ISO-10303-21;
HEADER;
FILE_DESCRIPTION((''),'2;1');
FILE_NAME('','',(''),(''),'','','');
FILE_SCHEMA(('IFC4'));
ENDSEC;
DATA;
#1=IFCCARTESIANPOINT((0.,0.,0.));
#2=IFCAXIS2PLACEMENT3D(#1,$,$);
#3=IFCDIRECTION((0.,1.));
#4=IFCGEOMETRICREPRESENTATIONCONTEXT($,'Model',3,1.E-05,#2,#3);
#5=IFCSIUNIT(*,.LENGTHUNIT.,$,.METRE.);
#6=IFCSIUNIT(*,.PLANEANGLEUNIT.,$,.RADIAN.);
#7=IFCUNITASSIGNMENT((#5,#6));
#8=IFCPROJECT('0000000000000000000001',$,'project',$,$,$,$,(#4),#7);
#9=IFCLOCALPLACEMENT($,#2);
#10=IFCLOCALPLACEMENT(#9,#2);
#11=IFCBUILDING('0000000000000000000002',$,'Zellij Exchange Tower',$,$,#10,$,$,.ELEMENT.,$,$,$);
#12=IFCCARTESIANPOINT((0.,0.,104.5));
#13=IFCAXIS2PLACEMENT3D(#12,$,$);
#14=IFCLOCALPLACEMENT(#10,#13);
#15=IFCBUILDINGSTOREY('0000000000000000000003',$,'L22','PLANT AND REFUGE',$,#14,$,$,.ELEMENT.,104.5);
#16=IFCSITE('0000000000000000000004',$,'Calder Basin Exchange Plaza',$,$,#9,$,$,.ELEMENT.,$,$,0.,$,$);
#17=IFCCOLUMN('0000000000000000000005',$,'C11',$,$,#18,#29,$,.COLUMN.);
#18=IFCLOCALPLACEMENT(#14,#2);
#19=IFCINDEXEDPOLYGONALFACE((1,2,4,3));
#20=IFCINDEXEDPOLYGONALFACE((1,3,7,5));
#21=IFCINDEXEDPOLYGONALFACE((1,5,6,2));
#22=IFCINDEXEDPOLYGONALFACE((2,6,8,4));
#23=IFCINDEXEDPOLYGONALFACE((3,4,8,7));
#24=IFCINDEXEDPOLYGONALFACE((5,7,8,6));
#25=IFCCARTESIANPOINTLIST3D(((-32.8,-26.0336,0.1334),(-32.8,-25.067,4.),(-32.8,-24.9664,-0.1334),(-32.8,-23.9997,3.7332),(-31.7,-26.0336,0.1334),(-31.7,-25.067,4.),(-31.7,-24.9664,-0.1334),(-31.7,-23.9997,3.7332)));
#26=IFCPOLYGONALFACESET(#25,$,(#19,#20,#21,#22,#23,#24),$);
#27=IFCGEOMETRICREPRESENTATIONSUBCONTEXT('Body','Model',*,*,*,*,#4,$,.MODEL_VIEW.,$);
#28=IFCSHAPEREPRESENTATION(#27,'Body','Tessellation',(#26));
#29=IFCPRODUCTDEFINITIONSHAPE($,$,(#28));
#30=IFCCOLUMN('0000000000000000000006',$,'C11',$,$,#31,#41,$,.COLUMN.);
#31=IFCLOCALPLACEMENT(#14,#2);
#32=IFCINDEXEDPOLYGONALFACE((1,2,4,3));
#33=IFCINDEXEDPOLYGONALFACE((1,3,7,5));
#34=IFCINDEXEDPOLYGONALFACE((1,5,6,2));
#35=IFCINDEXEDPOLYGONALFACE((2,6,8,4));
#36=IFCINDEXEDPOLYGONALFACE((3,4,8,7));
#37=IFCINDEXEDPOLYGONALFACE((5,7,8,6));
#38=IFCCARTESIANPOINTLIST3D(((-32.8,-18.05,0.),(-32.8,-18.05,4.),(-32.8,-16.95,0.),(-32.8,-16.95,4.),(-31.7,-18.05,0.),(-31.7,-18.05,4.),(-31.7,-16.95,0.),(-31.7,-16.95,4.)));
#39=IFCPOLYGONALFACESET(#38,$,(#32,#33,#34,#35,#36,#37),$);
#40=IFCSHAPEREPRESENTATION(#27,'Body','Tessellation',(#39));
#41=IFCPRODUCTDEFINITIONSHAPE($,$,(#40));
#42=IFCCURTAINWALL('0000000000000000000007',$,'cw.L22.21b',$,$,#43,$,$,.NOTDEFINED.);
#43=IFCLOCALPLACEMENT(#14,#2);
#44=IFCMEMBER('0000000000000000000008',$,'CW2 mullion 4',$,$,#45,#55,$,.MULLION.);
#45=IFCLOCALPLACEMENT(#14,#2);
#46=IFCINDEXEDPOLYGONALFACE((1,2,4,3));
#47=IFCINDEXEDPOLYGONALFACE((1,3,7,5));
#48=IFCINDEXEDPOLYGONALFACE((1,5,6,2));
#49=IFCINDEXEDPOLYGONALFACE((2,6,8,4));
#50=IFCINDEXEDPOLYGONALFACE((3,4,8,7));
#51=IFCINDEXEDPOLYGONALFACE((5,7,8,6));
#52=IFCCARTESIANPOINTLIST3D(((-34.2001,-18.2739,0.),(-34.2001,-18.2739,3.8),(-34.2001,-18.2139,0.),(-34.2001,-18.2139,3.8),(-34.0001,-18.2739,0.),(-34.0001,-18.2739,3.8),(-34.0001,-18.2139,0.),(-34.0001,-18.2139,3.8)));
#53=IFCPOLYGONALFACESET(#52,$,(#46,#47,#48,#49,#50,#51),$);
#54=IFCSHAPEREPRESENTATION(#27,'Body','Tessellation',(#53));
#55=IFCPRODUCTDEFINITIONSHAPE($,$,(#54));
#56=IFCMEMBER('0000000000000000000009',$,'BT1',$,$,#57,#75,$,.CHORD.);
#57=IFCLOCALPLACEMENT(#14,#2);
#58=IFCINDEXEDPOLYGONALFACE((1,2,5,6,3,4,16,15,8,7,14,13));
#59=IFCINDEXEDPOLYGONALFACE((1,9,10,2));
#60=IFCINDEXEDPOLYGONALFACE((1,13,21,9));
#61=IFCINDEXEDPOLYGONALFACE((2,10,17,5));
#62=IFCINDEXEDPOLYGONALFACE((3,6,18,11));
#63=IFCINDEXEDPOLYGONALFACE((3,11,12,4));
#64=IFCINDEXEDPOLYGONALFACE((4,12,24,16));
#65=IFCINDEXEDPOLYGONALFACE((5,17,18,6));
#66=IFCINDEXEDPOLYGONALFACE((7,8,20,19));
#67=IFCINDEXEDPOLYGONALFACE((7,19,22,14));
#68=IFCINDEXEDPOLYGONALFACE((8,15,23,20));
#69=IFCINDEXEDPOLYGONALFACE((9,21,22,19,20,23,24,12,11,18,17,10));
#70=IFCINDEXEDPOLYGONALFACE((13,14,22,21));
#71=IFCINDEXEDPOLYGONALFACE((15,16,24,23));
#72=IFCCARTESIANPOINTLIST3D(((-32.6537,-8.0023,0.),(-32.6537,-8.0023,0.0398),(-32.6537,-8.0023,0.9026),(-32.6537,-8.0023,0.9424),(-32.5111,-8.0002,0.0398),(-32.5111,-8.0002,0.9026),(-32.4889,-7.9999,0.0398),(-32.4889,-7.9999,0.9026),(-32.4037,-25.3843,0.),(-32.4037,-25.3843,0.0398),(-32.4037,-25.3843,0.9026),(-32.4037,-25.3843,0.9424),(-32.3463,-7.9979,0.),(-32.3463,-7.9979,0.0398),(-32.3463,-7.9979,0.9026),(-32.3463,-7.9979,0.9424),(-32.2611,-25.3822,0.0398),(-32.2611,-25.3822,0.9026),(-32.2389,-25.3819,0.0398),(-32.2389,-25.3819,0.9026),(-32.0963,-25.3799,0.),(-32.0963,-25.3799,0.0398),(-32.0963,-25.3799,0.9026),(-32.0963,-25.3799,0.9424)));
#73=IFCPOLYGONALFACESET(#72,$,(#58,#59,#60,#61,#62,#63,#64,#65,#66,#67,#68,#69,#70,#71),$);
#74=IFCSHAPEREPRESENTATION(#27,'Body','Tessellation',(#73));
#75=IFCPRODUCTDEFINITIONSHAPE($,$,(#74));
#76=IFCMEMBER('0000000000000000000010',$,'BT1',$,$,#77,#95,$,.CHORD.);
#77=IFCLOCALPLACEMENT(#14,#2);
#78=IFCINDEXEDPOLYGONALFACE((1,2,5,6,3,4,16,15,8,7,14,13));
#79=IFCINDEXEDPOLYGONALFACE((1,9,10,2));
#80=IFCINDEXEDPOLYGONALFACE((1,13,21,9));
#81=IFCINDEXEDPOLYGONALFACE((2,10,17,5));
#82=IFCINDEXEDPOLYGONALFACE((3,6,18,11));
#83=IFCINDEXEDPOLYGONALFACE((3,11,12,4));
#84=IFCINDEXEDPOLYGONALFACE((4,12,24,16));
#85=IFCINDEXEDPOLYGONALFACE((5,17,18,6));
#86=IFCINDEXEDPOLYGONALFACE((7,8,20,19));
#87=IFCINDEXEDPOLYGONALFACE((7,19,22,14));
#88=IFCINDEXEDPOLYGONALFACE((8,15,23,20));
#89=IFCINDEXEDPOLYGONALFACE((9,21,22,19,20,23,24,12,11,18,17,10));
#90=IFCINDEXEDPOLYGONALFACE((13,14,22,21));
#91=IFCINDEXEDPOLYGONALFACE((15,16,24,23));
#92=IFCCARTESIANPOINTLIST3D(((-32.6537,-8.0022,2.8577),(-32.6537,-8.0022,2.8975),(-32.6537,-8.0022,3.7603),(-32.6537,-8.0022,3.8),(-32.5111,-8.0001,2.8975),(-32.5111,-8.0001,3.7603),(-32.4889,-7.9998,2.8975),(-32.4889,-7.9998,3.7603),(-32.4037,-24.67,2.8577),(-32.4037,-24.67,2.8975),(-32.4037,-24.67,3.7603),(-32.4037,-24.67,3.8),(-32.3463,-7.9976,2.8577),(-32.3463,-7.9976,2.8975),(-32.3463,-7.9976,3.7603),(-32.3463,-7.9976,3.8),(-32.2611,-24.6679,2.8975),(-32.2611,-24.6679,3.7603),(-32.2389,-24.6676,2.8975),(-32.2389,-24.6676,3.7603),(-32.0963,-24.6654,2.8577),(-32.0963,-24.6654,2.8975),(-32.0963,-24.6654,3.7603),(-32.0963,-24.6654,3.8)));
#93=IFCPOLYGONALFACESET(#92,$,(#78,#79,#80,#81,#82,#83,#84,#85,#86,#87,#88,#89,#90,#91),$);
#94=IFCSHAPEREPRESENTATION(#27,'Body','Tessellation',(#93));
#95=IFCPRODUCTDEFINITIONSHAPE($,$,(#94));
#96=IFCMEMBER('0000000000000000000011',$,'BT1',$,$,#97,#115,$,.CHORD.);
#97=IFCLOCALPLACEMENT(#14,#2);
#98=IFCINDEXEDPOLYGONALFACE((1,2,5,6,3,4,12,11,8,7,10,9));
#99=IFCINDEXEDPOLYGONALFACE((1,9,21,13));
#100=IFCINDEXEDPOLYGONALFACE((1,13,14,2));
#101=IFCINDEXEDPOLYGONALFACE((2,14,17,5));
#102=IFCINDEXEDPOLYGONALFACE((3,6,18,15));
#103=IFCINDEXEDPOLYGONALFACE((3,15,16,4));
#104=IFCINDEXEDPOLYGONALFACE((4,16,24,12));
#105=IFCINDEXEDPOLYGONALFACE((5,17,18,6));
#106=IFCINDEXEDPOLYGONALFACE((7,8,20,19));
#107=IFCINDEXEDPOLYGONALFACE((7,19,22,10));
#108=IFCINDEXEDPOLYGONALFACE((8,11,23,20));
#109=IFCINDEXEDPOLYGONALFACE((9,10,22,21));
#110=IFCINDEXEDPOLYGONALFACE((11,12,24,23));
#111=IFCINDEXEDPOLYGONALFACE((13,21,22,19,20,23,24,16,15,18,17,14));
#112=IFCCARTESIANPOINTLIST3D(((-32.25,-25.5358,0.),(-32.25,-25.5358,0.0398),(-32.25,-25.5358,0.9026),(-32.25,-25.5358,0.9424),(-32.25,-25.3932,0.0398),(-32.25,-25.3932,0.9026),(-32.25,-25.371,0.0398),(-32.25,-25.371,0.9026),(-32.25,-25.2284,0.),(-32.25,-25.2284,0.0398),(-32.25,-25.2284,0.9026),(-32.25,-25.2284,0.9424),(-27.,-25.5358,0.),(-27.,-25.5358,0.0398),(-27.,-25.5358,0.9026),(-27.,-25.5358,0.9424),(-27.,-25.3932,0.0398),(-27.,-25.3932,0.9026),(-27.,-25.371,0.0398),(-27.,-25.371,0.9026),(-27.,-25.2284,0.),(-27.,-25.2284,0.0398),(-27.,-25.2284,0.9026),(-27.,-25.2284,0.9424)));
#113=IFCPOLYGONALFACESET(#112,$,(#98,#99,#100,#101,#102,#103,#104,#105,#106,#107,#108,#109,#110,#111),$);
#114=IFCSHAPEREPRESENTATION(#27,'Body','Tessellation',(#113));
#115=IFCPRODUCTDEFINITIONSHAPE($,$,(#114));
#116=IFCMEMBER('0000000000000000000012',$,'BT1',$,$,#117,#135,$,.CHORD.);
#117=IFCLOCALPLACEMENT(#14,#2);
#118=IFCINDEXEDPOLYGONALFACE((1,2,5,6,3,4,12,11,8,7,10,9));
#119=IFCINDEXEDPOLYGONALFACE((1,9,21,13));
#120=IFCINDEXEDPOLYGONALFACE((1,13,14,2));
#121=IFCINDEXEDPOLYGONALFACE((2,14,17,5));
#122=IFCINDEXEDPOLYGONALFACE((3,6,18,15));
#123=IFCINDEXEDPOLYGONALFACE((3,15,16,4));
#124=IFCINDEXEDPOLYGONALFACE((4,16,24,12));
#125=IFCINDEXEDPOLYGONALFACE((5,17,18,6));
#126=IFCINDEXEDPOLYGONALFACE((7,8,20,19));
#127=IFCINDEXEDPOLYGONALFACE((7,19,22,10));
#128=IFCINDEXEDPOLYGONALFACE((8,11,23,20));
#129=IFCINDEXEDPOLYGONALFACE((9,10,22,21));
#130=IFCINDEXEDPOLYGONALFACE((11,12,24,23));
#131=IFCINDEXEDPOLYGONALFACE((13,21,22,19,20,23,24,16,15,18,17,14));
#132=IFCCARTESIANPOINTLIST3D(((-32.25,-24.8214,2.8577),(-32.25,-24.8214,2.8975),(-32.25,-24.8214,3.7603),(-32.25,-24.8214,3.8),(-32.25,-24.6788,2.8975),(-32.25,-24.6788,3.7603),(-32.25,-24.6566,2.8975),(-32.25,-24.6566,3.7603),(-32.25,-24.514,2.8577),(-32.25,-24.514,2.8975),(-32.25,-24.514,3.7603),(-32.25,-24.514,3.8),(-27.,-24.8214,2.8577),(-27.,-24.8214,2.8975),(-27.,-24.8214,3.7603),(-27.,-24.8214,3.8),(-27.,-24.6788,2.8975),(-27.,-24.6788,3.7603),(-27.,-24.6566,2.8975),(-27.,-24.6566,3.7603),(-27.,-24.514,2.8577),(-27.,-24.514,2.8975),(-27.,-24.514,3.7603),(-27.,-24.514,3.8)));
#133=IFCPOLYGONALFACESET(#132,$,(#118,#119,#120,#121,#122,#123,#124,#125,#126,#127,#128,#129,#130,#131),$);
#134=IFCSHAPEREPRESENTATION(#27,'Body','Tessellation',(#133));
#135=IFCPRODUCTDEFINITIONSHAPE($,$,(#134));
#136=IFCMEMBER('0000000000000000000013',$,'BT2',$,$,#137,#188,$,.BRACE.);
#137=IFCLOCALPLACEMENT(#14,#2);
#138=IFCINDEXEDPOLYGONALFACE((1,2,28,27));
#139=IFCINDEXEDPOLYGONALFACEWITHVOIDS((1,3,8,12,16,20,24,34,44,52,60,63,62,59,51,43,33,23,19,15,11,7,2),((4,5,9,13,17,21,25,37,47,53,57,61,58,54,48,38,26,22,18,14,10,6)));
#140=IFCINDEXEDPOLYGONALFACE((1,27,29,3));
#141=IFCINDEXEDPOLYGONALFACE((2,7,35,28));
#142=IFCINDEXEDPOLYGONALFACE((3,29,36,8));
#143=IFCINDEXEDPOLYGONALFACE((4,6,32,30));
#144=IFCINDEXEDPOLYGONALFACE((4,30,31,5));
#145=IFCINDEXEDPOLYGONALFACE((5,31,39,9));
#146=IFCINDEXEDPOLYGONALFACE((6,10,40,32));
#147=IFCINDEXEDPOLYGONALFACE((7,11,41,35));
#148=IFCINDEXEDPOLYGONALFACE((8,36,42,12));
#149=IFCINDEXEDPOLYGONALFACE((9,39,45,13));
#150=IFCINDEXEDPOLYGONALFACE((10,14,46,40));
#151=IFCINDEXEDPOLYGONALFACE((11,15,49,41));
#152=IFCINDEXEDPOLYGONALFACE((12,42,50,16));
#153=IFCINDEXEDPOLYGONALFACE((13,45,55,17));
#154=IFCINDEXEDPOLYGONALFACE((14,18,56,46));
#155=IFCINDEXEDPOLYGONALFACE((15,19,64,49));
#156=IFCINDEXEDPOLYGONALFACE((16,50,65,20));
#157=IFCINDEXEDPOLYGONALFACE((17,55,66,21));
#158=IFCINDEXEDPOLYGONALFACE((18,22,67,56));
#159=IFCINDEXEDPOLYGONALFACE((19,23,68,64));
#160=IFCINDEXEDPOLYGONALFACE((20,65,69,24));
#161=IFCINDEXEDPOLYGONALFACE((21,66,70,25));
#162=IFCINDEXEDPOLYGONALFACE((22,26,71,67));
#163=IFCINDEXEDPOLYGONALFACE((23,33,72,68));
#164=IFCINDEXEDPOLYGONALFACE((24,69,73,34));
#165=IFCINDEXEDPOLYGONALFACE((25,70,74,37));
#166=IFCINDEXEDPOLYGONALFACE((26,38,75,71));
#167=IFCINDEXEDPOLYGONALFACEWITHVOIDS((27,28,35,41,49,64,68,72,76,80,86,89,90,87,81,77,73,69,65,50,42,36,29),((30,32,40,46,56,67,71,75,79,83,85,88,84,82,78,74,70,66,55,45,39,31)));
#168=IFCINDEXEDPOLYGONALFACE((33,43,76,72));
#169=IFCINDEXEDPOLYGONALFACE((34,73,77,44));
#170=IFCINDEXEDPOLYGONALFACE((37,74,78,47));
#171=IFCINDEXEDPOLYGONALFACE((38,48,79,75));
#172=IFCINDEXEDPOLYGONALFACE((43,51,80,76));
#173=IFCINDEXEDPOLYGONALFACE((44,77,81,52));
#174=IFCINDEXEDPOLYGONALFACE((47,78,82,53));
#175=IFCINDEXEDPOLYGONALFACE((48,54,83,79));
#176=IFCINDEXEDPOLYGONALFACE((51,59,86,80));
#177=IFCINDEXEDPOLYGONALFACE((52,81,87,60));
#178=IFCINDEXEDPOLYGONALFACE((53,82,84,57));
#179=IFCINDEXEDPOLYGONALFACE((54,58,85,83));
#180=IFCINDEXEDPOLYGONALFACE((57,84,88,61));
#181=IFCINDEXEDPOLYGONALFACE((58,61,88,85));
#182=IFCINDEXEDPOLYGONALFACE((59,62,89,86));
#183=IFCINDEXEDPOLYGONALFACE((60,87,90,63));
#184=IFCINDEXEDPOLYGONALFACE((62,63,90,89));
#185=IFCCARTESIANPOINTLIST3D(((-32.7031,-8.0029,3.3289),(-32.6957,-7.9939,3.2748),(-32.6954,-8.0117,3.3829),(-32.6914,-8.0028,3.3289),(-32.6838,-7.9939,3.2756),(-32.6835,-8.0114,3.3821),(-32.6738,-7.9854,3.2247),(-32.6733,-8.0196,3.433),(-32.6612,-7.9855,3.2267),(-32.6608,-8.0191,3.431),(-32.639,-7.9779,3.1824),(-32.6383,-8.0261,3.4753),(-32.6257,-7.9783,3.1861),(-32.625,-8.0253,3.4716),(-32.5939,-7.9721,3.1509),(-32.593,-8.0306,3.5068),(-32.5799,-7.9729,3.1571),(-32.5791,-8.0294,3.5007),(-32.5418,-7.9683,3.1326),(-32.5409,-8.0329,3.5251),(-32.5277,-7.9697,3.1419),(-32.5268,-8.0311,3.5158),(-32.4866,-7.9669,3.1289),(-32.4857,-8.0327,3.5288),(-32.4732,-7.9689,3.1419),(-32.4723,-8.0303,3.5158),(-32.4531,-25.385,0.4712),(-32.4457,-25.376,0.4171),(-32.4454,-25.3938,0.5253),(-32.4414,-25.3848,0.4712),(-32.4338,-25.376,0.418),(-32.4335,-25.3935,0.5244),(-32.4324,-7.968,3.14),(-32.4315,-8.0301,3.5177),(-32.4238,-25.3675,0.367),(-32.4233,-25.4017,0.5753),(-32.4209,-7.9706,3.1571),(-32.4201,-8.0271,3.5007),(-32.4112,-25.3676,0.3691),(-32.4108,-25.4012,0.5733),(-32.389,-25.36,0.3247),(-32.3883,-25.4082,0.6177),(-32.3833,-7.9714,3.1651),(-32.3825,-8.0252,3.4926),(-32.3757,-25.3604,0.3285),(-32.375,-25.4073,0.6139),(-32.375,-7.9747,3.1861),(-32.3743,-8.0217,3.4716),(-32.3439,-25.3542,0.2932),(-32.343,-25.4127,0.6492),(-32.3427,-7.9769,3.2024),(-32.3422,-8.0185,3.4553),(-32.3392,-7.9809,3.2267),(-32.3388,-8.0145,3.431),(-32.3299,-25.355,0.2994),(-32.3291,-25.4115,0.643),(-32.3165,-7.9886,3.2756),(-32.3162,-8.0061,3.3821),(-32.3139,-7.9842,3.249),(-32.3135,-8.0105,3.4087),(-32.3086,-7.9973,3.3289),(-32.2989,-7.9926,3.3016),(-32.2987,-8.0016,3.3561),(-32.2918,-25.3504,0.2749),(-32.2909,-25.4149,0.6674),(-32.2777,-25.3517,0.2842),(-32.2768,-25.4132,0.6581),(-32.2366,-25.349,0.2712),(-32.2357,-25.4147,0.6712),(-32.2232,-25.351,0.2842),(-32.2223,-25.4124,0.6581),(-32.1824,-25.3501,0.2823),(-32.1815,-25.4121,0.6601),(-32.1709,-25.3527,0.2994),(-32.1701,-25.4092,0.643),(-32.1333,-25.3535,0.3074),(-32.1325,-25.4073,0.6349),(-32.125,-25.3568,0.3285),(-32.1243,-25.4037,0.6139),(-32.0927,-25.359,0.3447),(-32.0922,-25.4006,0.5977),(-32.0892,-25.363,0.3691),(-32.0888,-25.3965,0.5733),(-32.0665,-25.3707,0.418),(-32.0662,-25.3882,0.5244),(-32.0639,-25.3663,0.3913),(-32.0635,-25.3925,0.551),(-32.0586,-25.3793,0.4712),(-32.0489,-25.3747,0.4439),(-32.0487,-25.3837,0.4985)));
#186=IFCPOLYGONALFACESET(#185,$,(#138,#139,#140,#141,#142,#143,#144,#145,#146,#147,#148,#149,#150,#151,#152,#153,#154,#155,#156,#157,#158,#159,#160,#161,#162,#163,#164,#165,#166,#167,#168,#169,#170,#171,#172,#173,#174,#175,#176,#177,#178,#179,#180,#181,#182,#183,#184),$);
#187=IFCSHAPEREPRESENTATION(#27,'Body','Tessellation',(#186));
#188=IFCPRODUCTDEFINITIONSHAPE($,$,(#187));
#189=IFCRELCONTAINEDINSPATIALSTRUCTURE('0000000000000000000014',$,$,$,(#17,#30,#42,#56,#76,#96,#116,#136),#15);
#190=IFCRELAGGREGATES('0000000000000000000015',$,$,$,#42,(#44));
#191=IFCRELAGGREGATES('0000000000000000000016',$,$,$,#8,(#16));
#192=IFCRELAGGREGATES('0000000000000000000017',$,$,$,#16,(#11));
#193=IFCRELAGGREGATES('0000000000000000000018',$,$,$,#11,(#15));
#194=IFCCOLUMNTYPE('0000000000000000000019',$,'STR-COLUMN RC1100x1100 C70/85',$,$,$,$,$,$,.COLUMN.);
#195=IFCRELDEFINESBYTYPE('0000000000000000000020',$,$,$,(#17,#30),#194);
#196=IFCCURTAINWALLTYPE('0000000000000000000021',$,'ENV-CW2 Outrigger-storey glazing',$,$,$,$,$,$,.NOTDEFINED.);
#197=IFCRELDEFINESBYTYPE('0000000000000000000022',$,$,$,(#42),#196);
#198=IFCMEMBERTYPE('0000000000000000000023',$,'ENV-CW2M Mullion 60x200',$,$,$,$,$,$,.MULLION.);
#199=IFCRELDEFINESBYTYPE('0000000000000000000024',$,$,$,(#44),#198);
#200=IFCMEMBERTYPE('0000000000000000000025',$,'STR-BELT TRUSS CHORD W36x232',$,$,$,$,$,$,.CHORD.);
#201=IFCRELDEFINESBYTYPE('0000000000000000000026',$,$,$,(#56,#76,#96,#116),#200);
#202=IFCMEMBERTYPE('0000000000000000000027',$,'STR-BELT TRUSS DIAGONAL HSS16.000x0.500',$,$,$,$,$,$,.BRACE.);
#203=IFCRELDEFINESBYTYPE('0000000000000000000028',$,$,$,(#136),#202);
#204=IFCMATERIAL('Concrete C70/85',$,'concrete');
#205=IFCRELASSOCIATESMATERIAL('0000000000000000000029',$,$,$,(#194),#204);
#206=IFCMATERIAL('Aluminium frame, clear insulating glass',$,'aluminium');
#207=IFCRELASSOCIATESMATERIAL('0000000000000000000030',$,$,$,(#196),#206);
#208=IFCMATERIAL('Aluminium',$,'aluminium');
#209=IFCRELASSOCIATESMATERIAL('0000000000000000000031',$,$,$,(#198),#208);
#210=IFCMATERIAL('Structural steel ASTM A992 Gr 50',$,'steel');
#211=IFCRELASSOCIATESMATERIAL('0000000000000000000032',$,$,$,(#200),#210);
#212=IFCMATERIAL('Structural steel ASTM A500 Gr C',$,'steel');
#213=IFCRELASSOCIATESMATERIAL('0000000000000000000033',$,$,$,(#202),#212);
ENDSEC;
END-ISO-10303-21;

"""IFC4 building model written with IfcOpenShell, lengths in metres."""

from ifc_helpers import new_model, si_unit, direction, frame, origin, origin_2d, place, context, subcontext, project, spatial, rectangle, hollow_circle, i_section, extrude, clip, halfspace, material, material_profile, profile_set, type_object, element, aggregate, save


model = new_model("IFC4")

# Units and contexts
model_context = context("Model", 3, precision=1e-05, world=origin(), true_north=direction((0.0, 1.0)))
body_context = subcontext(model_context, "Body", "Model", "MODEL_VIEW")
ifc_project = project(units=[si_unit("LENGTHUNIT", "METRE"), si_unit("PLANEANGLEUNIT", "RADIAN")], contexts=[model_context])

# Site, building, storey
site_placement = place(None, origin())
site = spatial("IfcSite", under=ifc_project, at=site_placement, Name="Calder Basin Exchange Plaza", CompositionType="ELEMENT", RefElevation=0.0)
building_placement = place(site_placement, origin())
building = spatial("IfcBuilding", under=site, at=building_placement, Name="Zellij Exchange Tower", CompositionType="ELEMENT")
storey_placement = place(building_placement, frame((0.0, 0.0, 104.5)))
storey = spatial("IfcBuildingStorey", under=building, at=storey_placement, Name="L22", Description="PLANT AND REFUGE", CompositionType="ELEMENT", Elevation=104.5)

# Columns
ifc_material_1 = material(Name="Concrete C70/85", Category="concrete")
ifc_material_profile_1 = material_profile(ifc_material_1, rectangle(XDim=1.1001, YDim=1.1001, at=origin_2d()), Name="STR-COLUMN RC1100x1100 C70/85")
ifc_profile_set_1 = profile_set([ifc_material_profile_1], Name="Concrete C70/85")
column_type = type_object("IfcColumnType", Name="STR-COLUMN RC1100x1100 C70/85", PredefinedType="COLUMN", material=ifc_profile_set_1)
column_1_placement = place(storey_placement, frame((-32.25, -25.5, 0.0), z_axis=(0.0, 0.242536, 0.970143), x_axis=(-1.0, 0.0, 0.0)))
element("IfcColumn", 1, at=column_1_placement, inside=storey, type_object=column_type, Name="C11", PredefinedType="COLUMN", context=body_context, shape_type="Clipping", body=[
    clip(extrude(rectangle(XDim=1.1001, YDim=1.1001, at=origin_2d()), origin(), (0.0, 0.0, 1.0), 4.123), halfspace(frame((0.0, 0.0, 3.9856)), False)),
])
column_2_placement = place(storey_placement, frame((-32.25, -17.5, 0.0), z_axis=(0.0, 0.0, 1.0), x_axis=(1.0, 0.0, 0.0)))
element("IfcColumn", 2, at=column_2_placement, inside=storey, type_object=column_type, Name="C11", PredefinedType="COLUMN", context=body_context, shape_type="SweptSolid", body=[
    extrude(rectangle(XDim=1.1001, YDim=1.1001, at=origin_2d()), origin(), (0.0, 0.0, 1.0), 4.0),
])

# Curtain wall, member
ifc_material_2 = material(Name="Aluminium frame, clear insulating glass", Category="aluminium")
curtain_wall_type = type_object("IfcCurtainWallType", Name="ENV-CW2 Outrigger-storey glazing", PredefinedType="NOTDEFINED", material=ifc_material_2)
curtain_wall_placement = place(storey_placement, origin())
curtain_wall = element("IfcCurtainWall", 3, at=curtain_wall_placement, inside=storey, type_object=curtain_wall_type, Name="cw.L22.21b", PredefinedType="NOTDEFINED")
ifc_material_3 = material(Name="Aluminium", Category="aluminium")
ifc_material_profile_2 = material_profile(ifc_material_3, rectangle(XDim=0.0601, YDim=0.2, at=origin_2d()), Name="AL 60x200")
ifc_profile_set_2 = profile_set([ifc_material_profile_2], Name="Aluminium")
member_type_1 = type_object("IfcMemberType", Name="ENV-CW2M Mullion 60x200", PredefinedType="MULLION", material=ifc_profile_set_2)
member_1_placement = place(storey_placement, frame((-34.1001, -18.2439, 0.0), z_axis=(0.0, 0.0, 1.0), x_axis=(0.0, -1.0, 0.0)))
member_1 = element("IfcMember", 4, at=member_1_placement, type_object=member_type_1, Name="CW2 mullion 4", PredefinedType="MULLION", context=body_context, shape_type="SweptSolid", body=[
    extrude(rectangle(XDim=0.0601, YDim=0.2, at=origin_2d()), origin(), (0.0, 0.0, 1.0), 3.8),
])

# Members
ifc_material_4 = material(Name="Structural steel ASTM A992 Gr 50", Category="steel")
ifc_material_profile_3 = material_profile(ifc_material_4, i_section(OverallWidth=0.3074, OverallDepth=0.9424, WebThickness=0.0222, FlangeThickness=0.0398, at=origin_2d()), Name="W36x232")
ifc_profile_set_3 = profile_set([ifc_material_profile_3], Name="Structural steel ASTM A992 Gr 50")
member_type_2 = type_object("IfcMemberType", Name="STR-BELT TRUSS CHORD W36x232", PredefinedType="CHORD", material=ifc_profile_set_3)
member_2_placement = place(storey_placement, frame((-32.25, -25.3821, 0.4712), z_axis=(-0.014381, 0.999897, 0.0), x_axis=(-0.999897, -0.014381, 0.0)))
element("IfcMember", 5, at=member_2_placement, inside=storey, type_object=member_type_2, Name="BT1", PredefinedType="CHORD", context=body_context, shape_type="SweptSolid", body=[
    extrude(i_section(OverallWidth=0.3074, OverallDepth=0.9424, WebThickness=0.0222, FlangeThickness=0.0398, at=origin_2d()), origin(), (0.0, 0.0, 1.0), 17.3838),
])
member_3_placement = place(storey_placement, frame((-32.25, -24.6677, 3.3289), z_axis=(-0.014997, 0.999888, 0.0), x_axis=(-0.999888, -0.014997, 0.0)))
element("IfcMember", 6, at=member_3_placement, inside=storey, type_object=member_type_2, Name="BT1", PredefinedType="CHORD", context=body_context, shape_type="SweptSolid", body=[
    extrude(i_section(OverallWidth=0.3074, OverallDepth=0.9424, WebThickness=0.0222, FlangeThickness=0.0398, at=origin_2d()), origin(), (0.0, 0.0, 1.0), 16.6697),
])
for number, where, z_axis, x_axis, name in (
    (7, (-32.25, -25.3821, 0.4712), (1.0, 0.0, 0.0), (0.0, 1.0, 0.0), "BT1"),
    (8, (-32.25, -24.6677, 3.3289), (1.0, 0.0, 0.0), (0.0, 1.0, 0.0), "BT1"),
):
    element("IfcMember", number, at=place(storey_placement, frame(where, z_axis=z_axis, x_axis=x_axis)), inside=storey, type_object=member_type_2, Name=name, PredefinedType="CHORD", context=body_context, shape_type="SweptSolid", body=[
        extrude(i_section(OverallWidth=0.3074, OverallDepth=0.9424, WebThickness=0.0222, FlangeThickness=0.0398, at=origin_2d()), origin(), (0.0, 0.0, 1.0), 5.25),
    ])
ifc_material_5 = material(Name="Structural steel ASTM A500 Gr C", Category="steel")
ifc_material_profile_4 = material_profile(ifc_material_5, hollow_circle(Radius=0.2031, WallThickness=0.0117, at=origin_2d()), Name="STR-BELT TRUSS DIAGONAL HSS16.000x0.500")
ifc_profile_set_4 = profile_set([ifc_material_profile_4], Name="Structural steel ASTM A500 Gr C")
member_type_3 = type_object("IfcMemberType", Name="STR-BELT TRUSS DIAGONAL HSS16.000x0.500", PredefinedType="BRACE", material=ifc_profile_set_4)
member_4_placement = place(storey_placement, frame((-32.25, -25.3821, 0.4712), z_axis=(-0.014191, 0.986654, 0.162209), x_axis=(-0.999897, -0.014381, 0.0)))
element("IfcMember", 9, at=member_4_placement, inside=storey, type_object=member_type_3, Name="BT2", PredefinedType="BRACE", context=body_context, shape_type="SweptSolid", body=[
    extrude(hollow_circle(Radius=0.2031, WallThickness=0.0117, at=origin_2d()), origin(), (0.0, 0.0, 1.0), 17.6172),
])

aggregate(curtain_wall, [member_1])

save(model, "model.ifc")
